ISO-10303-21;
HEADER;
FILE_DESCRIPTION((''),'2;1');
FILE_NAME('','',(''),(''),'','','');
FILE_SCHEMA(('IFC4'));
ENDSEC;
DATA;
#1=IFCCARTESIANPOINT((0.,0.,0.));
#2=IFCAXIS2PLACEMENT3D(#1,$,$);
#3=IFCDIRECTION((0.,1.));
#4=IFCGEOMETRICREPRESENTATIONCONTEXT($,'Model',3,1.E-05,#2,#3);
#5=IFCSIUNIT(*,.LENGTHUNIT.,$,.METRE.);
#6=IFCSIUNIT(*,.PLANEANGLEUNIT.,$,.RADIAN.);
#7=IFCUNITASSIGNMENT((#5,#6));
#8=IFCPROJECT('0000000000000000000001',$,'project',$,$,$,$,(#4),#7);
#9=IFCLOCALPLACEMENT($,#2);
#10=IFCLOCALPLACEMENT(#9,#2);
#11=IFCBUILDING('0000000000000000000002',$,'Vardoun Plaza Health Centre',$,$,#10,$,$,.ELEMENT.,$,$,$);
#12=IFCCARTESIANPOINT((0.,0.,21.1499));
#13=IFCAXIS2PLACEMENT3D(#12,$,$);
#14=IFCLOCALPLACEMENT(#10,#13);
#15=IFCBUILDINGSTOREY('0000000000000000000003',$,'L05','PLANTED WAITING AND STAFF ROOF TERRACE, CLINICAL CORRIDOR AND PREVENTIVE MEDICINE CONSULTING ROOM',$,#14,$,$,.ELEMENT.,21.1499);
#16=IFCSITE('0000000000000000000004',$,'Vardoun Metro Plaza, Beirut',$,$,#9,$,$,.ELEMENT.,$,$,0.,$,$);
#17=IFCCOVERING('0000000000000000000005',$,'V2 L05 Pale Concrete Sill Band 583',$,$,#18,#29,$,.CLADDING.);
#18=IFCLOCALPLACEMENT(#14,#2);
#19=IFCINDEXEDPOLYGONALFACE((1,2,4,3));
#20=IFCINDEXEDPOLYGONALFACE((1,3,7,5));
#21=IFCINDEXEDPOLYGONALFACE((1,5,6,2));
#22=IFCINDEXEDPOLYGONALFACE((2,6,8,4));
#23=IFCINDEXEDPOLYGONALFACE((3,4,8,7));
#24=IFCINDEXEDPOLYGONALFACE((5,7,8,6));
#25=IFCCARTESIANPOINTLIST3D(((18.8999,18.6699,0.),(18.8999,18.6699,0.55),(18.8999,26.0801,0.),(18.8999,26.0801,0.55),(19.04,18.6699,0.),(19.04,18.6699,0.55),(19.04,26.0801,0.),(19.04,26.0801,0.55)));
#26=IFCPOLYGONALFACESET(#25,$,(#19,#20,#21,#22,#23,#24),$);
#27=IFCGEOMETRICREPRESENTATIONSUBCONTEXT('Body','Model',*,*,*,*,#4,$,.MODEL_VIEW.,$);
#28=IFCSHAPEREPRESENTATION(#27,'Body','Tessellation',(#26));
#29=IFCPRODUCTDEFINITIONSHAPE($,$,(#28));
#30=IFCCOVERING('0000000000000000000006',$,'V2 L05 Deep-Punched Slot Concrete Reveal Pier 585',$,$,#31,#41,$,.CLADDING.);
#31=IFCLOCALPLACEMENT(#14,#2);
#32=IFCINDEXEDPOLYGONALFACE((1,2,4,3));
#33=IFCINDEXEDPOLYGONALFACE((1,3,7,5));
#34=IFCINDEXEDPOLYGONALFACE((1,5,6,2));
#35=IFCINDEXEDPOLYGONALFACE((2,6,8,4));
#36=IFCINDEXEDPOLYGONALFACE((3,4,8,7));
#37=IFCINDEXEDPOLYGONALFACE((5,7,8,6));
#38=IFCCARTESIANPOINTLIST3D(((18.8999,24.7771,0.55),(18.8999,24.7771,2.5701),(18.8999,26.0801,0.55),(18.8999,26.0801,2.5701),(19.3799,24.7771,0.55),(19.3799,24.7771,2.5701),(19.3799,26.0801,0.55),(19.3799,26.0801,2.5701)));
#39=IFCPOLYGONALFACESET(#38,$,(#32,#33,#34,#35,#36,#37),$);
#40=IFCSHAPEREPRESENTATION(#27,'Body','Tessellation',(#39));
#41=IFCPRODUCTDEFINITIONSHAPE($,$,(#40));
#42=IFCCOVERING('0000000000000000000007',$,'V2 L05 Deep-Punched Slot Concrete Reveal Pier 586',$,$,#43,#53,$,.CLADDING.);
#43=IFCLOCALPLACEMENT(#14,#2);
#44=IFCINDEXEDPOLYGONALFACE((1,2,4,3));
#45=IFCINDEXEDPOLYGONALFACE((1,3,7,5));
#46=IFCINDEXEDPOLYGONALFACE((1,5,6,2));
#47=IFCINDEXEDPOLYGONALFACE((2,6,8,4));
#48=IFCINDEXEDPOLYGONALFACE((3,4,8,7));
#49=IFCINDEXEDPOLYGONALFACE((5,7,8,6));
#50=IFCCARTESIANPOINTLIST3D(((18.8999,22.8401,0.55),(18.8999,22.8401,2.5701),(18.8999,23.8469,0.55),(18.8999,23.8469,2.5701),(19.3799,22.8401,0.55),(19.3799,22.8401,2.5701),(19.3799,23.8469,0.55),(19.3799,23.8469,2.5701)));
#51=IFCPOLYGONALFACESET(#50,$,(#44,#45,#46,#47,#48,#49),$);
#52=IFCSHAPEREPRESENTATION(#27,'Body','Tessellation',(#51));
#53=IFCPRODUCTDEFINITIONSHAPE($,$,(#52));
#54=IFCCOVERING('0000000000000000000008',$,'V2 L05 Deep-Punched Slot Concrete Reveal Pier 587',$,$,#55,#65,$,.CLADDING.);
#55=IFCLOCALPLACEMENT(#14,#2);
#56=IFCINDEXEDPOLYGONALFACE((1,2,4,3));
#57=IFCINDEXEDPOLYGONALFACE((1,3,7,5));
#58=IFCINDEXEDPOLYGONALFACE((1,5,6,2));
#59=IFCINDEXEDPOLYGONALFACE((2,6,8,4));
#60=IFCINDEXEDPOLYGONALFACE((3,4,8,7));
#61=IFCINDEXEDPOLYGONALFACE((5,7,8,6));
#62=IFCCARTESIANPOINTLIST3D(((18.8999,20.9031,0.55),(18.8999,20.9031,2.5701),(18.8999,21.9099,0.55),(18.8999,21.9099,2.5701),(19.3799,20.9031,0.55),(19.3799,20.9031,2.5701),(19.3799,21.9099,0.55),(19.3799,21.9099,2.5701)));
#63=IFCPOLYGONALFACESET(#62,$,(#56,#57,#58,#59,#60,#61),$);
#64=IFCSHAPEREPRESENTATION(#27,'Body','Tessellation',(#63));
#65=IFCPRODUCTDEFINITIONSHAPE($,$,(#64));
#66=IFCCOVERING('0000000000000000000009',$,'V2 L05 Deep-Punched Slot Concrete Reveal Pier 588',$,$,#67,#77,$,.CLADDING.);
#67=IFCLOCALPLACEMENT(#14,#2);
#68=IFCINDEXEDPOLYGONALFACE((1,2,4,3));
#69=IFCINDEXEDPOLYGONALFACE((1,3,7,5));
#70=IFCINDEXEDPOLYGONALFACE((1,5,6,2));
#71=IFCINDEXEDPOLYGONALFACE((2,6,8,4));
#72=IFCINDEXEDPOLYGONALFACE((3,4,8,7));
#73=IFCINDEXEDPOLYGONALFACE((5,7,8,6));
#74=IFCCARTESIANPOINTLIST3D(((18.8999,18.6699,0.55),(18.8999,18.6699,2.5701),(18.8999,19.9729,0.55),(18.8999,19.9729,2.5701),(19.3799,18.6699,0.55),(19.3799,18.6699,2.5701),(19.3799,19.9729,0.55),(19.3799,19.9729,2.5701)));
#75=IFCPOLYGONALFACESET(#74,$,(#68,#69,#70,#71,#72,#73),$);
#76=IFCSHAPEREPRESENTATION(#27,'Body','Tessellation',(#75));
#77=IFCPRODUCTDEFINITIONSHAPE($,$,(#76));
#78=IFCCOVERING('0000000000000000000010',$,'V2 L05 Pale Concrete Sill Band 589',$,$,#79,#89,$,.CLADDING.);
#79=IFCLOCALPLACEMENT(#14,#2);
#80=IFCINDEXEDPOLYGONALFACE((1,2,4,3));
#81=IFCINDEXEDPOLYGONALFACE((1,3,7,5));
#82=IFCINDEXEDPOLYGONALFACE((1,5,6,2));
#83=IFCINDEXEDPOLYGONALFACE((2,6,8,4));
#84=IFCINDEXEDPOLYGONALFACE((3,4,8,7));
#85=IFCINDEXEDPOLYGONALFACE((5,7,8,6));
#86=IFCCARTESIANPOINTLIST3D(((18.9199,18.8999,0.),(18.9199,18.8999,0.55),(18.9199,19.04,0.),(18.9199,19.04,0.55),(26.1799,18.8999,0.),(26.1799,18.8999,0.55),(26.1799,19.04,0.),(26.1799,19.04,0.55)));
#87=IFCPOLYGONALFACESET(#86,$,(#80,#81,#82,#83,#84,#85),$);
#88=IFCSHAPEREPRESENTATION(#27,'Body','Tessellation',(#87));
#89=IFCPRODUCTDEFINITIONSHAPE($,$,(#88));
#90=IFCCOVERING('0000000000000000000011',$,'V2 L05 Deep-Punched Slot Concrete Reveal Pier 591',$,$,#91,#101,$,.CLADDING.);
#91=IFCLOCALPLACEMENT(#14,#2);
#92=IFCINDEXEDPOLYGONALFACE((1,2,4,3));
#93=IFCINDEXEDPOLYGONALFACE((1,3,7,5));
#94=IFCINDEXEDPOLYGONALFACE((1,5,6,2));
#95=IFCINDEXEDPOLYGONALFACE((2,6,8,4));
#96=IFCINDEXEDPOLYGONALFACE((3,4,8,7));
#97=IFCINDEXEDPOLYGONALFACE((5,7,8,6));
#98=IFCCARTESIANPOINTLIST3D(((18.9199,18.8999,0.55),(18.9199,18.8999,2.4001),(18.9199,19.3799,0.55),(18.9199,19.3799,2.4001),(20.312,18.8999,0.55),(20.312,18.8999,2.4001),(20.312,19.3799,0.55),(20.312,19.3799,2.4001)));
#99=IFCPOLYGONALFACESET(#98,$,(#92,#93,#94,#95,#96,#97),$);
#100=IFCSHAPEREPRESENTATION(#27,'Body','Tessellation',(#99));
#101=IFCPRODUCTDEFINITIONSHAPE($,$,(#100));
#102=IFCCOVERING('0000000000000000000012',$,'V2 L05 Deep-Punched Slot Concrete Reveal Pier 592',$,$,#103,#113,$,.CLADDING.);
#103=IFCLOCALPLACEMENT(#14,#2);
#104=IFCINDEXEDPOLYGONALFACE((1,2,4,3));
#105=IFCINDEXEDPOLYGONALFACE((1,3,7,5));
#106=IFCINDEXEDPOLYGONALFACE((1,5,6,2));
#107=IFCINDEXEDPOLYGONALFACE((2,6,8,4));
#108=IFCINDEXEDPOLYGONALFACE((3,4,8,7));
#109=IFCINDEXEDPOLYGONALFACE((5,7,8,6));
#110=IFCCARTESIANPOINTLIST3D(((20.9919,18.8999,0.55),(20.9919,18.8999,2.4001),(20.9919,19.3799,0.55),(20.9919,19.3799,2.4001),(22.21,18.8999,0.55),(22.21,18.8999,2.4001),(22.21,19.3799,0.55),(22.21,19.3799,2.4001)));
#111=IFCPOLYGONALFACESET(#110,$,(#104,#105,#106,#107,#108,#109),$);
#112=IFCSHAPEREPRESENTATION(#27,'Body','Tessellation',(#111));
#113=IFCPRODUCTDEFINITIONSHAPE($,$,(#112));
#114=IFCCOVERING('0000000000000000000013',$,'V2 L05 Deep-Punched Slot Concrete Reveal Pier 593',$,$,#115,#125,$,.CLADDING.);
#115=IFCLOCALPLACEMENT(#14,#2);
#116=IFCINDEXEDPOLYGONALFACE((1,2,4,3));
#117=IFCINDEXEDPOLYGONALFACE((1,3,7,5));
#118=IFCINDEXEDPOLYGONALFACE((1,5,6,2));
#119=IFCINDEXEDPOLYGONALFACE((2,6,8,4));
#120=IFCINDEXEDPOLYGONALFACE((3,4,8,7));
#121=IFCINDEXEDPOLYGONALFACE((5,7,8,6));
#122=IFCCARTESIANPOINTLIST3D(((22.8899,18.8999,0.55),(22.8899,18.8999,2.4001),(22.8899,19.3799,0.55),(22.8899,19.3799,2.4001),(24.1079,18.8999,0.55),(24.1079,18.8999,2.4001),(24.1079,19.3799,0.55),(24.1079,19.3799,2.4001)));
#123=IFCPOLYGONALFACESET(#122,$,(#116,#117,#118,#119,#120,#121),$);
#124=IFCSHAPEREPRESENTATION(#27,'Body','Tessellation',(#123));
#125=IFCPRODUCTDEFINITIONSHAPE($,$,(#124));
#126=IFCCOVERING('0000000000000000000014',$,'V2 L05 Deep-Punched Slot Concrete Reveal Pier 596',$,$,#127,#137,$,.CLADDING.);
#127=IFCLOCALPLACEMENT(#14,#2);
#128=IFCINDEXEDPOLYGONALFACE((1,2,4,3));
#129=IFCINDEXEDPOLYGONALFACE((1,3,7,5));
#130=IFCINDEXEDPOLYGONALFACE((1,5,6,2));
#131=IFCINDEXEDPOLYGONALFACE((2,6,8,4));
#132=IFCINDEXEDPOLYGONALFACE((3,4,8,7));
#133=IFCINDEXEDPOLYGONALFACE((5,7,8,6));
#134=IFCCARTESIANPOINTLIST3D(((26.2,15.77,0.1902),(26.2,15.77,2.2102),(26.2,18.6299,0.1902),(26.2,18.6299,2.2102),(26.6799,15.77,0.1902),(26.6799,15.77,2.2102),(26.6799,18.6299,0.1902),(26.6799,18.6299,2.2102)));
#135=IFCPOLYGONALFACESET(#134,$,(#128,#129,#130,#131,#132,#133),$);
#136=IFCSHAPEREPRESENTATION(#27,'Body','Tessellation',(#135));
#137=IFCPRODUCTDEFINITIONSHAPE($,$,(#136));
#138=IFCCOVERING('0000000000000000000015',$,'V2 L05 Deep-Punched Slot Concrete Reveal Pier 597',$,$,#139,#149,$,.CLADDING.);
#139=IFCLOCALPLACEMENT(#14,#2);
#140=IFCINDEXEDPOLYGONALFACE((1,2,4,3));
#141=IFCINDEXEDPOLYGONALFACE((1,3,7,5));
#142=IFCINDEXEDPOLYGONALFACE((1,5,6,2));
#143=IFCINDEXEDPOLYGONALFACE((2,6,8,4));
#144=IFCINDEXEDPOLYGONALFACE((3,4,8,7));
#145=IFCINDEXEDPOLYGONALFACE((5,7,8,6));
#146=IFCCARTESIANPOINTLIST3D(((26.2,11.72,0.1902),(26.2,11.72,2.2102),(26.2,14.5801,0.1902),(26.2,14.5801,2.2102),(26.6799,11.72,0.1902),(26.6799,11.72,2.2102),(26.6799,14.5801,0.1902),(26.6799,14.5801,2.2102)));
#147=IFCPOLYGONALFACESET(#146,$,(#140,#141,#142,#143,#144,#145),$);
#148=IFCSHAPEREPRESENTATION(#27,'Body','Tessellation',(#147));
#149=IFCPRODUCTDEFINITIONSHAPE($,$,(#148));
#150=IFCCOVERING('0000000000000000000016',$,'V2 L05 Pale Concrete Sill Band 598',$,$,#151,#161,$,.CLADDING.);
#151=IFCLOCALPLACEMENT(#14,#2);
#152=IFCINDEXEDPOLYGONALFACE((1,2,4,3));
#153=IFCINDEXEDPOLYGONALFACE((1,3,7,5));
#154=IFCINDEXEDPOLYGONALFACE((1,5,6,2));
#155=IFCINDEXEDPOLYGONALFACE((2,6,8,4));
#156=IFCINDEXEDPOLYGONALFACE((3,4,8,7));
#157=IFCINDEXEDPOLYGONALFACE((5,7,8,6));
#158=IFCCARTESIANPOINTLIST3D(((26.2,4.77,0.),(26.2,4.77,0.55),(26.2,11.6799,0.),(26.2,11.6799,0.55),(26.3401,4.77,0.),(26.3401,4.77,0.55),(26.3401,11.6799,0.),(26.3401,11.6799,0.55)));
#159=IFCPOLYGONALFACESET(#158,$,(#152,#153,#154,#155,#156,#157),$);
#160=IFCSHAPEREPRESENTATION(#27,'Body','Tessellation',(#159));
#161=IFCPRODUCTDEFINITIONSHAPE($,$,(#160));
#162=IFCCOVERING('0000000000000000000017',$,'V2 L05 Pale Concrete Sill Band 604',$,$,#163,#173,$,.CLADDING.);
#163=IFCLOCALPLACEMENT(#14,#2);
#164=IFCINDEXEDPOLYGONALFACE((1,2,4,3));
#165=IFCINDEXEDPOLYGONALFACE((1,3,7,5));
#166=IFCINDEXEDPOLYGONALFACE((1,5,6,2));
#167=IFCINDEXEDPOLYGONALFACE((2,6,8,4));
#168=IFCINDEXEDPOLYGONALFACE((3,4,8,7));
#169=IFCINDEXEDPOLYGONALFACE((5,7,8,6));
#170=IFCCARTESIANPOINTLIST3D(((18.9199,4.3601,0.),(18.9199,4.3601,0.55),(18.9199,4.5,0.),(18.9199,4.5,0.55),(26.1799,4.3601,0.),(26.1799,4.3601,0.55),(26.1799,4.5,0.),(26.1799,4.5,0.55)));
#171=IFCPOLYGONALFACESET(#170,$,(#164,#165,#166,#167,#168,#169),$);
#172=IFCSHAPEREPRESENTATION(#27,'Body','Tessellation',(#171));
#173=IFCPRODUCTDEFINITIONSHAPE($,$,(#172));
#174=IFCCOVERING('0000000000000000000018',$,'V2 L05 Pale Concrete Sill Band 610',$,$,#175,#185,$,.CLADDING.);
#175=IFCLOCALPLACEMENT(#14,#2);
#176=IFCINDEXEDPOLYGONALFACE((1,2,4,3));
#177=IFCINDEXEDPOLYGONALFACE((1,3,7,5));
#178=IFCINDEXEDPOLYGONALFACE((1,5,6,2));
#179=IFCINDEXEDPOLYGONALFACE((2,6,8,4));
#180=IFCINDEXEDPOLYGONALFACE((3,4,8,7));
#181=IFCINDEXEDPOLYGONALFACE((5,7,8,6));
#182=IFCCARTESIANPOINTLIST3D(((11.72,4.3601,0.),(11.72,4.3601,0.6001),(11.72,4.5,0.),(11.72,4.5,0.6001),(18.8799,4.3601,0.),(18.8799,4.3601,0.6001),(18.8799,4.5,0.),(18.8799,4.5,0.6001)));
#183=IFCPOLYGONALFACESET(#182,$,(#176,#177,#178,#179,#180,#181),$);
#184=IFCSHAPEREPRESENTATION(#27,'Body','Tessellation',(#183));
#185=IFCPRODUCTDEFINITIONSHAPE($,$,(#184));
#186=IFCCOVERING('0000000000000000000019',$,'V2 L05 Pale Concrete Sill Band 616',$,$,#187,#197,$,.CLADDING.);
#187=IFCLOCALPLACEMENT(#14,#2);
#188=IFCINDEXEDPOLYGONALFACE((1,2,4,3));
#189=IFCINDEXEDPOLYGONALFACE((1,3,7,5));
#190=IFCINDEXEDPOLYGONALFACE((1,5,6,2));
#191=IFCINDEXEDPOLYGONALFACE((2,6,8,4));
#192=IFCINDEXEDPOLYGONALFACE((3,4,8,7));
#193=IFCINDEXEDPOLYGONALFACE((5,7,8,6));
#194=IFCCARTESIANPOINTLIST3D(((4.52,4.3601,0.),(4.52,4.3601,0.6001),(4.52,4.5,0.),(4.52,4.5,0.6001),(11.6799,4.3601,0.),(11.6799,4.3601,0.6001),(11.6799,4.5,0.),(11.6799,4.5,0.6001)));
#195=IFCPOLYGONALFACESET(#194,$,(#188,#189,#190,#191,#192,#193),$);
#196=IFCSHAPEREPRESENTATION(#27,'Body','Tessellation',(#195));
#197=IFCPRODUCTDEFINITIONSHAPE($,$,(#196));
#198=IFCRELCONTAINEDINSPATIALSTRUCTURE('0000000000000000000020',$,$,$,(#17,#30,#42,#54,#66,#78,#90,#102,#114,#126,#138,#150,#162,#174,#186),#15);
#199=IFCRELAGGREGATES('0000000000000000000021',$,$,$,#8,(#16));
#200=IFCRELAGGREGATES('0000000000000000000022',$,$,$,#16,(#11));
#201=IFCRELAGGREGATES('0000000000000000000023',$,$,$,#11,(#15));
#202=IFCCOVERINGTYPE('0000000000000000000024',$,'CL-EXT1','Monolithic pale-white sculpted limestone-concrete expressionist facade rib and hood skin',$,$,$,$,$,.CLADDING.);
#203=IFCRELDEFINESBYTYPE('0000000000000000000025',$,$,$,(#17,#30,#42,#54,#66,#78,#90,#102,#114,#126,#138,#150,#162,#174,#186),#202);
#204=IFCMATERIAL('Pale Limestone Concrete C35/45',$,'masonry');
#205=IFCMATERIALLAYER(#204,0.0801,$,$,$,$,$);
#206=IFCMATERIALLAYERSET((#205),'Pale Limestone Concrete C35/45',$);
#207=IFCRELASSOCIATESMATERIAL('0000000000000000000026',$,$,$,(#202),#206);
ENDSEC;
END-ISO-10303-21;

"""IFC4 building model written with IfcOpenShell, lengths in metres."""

from ifc_helpers import new_model, si_unit, direction, frame, origin, place, context, subcontext, project, spatial, polyline, outline, extrude, material, layer, layer_set, type_object, element, save


model = new_model("IFC4")

# Units and contexts
model_context = context("Model", 3, precision=1e-05, world=origin(), true_north=direction((0.0, 1.0)))
body_context = subcontext(model_context, "Body", "Model", "MODEL_VIEW")
ifc_project = project(units=[si_unit("LENGTHUNIT", "METRE"), si_unit("PLANEANGLEUNIT", "RADIAN")], contexts=[model_context])

# Site, building, storey
site_placement = place(None, origin())
site = spatial("IfcSite", under=ifc_project, at=site_placement, Name="Vardoun Metro Plaza, Beirut", CompositionType="ELEMENT", RefElevation=0.0)
building_placement = place(site_placement, origin())
building = spatial("IfcBuilding", under=site, at=building_placement, Name="Vardoun Plaza Health Centre", CompositionType="ELEMENT")
storey_placement = place(building_placement, frame((0.0, 0.0, 21.1499)))
storey = spatial("IfcBuildingStorey", under=building, at=storey_placement, Name="L05", Description="PLANTED WAITING AND STAFF ROOF TERRACE, CLINICAL CORRIDOR AND PREVENTIVE MEDICINE CONSULTING ROOM", CompositionType="ELEMENT", Elevation=21.1499)

# Coverings
ifc_material_1 = material(Name="Pale Limestone Concrete C35/45", Category="masonry")
ifc_layer_1 = layer(ifc_material_1, 0.0801)
ifc_layer_set_1 = layer_set([ifc_layer_1], Name="Pale Limestone Concrete C35/45")
covering_type_1 = type_object("IfcCoveringType", Name="CL-EXT1", Description="Monolithic pale-white sculpted limestone-concrete expressionist facade rib and hood skin", PredefinedType="CLADDING", material=ifc_layer_set_1)
covering_1_placement = place(storey_placement, origin())
element("IfcCovering", 1, at=covering_1_placement, inside=storey, type_object=covering_type_1, Name="V2 L05 Pale Concrete Sill Band 583", PredefinedType="CLADDING", context=body_context, shape_type="SweptSolid", body=[
    extrude(outline(polyline([(18.8999, 26.0801), (18.8999, 18.6699), (19.04, 18.6699), (19.04, 26.0801), (18.8999, 26.0801)])), origin(), (0.0, 0.0, 1.0), 0.55),
])
covering_2_placement = place(storey_placement, frame((0.0, 0.0, 0.55)))
element("IfcCovering", 2, at=covering_2_placement, inside=storey, type_object=covering_type_1, Name="V2 L05 Deep-Punched Slot Concrete Reveal Pier 585", PredefinedType="CLADDING", context=body_context, shape_type="SweptSolid", body=[
    extrude(outline(polyline([(18.8999, 26.0801), (18.8999, 24.7771), (19.3799, 24.7771), (19.3799, 26.0801), (18.8999, 26.0801)])), origin(), (0.0, 0.0, 1.0), 2.02),
])
covering_3_placement = place(storey_placement, frame((0.0, 0.0, 0.55)))
element("IfcCovering", 3, at=covering_3_placement, inside=storey, type_object=covering_type_1, Name="V2 L05 Deep-Punched Slot Concrete Reveal Pier 586", PredefinedType="CLADDING", context=body_context, shape_type="SweptSolid", body=[
    extrude(outline(polyline([(18.8999, 23.8469), (18.8999, 22.8401), (19.3799, 22.8401), (19.3799, 23.8469), (18.8999, 23.8469)])), origin(), (0.0, 0.0, 1.0), 2.02),
])
covering_4_placement = place(storey_placement, frame((0.0, 0.0, 0.55)))
element("IfcCovering", 4, at=covering_4_placement, inside=storey, type_object=covering_type_1, Name="V2 L05 Deep-Punched Slot Concrete Reveal Pier 587", PredefinedType="CLADDING", context=body_context, shape_type="SweptSolid", body=[
    extrude(outline(polyline([(18.8999, 21.9099), (18.8999, 20.9031), (19.3799, 20.9031), (19.3799, 21.9099), (18.8999, 21.9099)])), origin(), (0.0, 0.0, 1.0), 2.02),
])
covering_5_placement = place(storey_placement, frame((0.0, 0.0, 0.55)))
element("IfcCovering", 5, at=covering_5_placement, inside=storey, type_object=covering_type_1, Name="V2 L05 Deep-Punched Slot Concrete Reveal Pier 588", PredefinedType="CLADDING", context=body_context, shape_type="SweptSolid", body=[
    extrude(outline(polyline([(18.8999, 19.9729), (18.8999, 18.6699), (19.3799, 18.6699), (19.3799, 19.9729), (18.8999, 19.9729)])), origin(), (0.0, 0.0, 1.0), 2.02),
])
covering_6_placement = place(storey_placement, origin())
element("IfcCovering", 6, at=covering_6_placement, inside=storey, type_object=covering_type_1, Name="V2 L05 Pale Concrete Sill Band 589", PredefinedType="CLADDING", context=body_context, shape_type="SweptSolid", body=[
    extrude(outline(polyline([(18.9199, 18.8999), (26.1799, 18.8999), (26.1799, 19.04), (18.9199, 19.04), (18.9199, 18.8999)])), origin(), (0.0, 0.0, 1.0), 0.55),
])
covering_7_placement = place(storey_placement, frame((0.0, 0.0, 0.55)))
element("IfcCovering", 7, at=covering_7_placement, inside=storey, type_object=covering_type_1, Name="V2 L05 Deep-Punched Slot Concrete Reveal Pier 591", PredefinedType="CLADDING", context=body_context, shape_type="SweptSolid", body=[
    extrude(outline(polyline([(18.9199, 18.8999), (20.312, 18.8999), (20.312, 19.3799), (18.9199, 19.3799), (18.9199, 18.8999)])), origin(), (0.0, 0.0, 1.0), 1.8501),
])
covering_8_placement = place(storey_placement, frame((0.0, 0.0, 0.55)))
element("IfcCovering", 8, at=covering_8_placement, inside=storey, type_object=covering_type_1, Name="V2 L05 Deep-Punched Slot Concrete Reveal Pier 592", PredefinedType="CLADDING", context=body_context, shape_type="SweptSolid", body=[
    extrude(outline(polyline([(20.9919, 18.8999), (22.21, 18.8999), (22.21, 19.3799), (20.9919, 19.3799), (20.9919, 18.8999)])), origin(), (0.0, 0.0, 1.0), 1.8501),
])
covering_9_placement = place(storey_placement, frame((0.0, 0.0, 0.55)))
element("IfcCovering", 9, at=covering_9_placement, inside=storey, type_object=covering_type_1, Name="V2 L05 Deep-Punched Slot Concrete Reveal Pier 593", PredefinedType="CLADDING", context=body_context, shape_type="SweptSolid", body=[
    extrude(outline(polyline([(22.8899, 18.8999), (24.1079, 18.8999), (24.1079, 19.3799), (22.8899, 19.3799), (22.8899, 18.8999)])), origin(), (0.0, 0.0, 1.0), 1.8501),
])
covering_10_placement = place(storey_placement, frame((0.0, 0.0, 0.1902)))
element("IfcCovering", 10, at=covering_10_placement, inside=storey, type_object=covering_type_1, Name="V2 L05 Deep-Punched Slot Concrete Reveal Pier 596", PredefinedType="CLADDING", context=body_context, shape_type="SweptSolid", body=[
    extrude(outline(polyline([(26.2, 18.6299), (26.2, 15.77), (26.6799, 15.77), (26.6799, 18.6299), (26.2, 18.6299)])), origin(), (0.0, 0.0, 1.0), 2.02),
])
covering_11_placement = place(storey_placement, frame((0.0, 0.0, 0.1902)))
element("IfcCovering", 11, at=covering_11_placement, inside=storey, type_object=covering_type_1, Name="V2 L05 Deep-Punched Slot Concrete Reveal Pier 597", PredefinedType="CLADDING", context=body_context, shape_type="SweptSolid", body=[
    extrude(outline(polyline([(26.2, 14.5801), (26.2, 11.72), (26.6799, 11.72), (26.6799, 14.5801), (26.2, 14.5801)])), origin(), (0.0, 0.0, 1.0), 2.02),
])
covering_12_placement = place(storey_placement, origin())
element("IfcCovering", 12, at=covering_12_placement, inside=storey, type_object=covering_type_1, Name="V2 L05 Pale Concrete Sill Band 598", PredefinedType="CLADDING", context=body_context, shape_type="SweptSolid", body=[
    extrude(outline(polyline([(26.2, 11.6799), (26.2, 4.77), (26.3401, 4.77), (26.3401, 11.6799), (26.2, 11.6799)])), origin(), (0.0, 0.0, 1.0), 0.55),
])
covering_13_placement = place(storey_placement, origin())
element("IfcCovering", 13, at=covering_13_placement, inside=storey, type_object=covering_type_1, Name="V2 L05 Pale Concrete Sill Band 604", PredefinedType="CLADDING", context=body_context, shape_type="SweptSolid", body=[
    extrude(outline(polyline([(26.1799, 4.5), (18.9199, 4.5), (18.9199, 4.3601), (26.1799, 4.3601), (26.1799, 4.5)])), origin(), (0.0, 0.0, 1.0), 0.55),
])
covering_14_placement = place(storey_placement, origin())
element("IfcCovering", 14, at=covering_14_placement, inside=storey, type_object=covering_type_1, Name="V2 L05 Pale Concrete Sill Band 610", PredefinedType="CLADDING", context=body_context, shape_type="SweptSolid", body=[
    extrude(outline(polyline([(18.8799, 4.5), (11.72, 4.5), (11.72, 4.3601), (18.8799, 4.3601), (18.8799, 4.5)])), origin(), (0.0, 0.0, 1.0), 0.6001),
])
covering_15_placement = place(storey_placement, origin())
element("IfcCovering", 15, at=covering_15_placement, inside=storey, type_object=covering_type_1, Name="V2 L05 Pale Concrete Sill Band 616", PredefinedType="CLADDING", context=body_context, shape_type="SweptSolid", body=[
    extrude(outline(polyline([(11.6799, 4.5), (4.52, 4.5), (4.52, 4.3601), (11.6799, 4.3601), (11.6799, 4.5)])), origin(), (0.0, 0.0, 1.0), 0.6001),
])

save(model, "model.ifc")
